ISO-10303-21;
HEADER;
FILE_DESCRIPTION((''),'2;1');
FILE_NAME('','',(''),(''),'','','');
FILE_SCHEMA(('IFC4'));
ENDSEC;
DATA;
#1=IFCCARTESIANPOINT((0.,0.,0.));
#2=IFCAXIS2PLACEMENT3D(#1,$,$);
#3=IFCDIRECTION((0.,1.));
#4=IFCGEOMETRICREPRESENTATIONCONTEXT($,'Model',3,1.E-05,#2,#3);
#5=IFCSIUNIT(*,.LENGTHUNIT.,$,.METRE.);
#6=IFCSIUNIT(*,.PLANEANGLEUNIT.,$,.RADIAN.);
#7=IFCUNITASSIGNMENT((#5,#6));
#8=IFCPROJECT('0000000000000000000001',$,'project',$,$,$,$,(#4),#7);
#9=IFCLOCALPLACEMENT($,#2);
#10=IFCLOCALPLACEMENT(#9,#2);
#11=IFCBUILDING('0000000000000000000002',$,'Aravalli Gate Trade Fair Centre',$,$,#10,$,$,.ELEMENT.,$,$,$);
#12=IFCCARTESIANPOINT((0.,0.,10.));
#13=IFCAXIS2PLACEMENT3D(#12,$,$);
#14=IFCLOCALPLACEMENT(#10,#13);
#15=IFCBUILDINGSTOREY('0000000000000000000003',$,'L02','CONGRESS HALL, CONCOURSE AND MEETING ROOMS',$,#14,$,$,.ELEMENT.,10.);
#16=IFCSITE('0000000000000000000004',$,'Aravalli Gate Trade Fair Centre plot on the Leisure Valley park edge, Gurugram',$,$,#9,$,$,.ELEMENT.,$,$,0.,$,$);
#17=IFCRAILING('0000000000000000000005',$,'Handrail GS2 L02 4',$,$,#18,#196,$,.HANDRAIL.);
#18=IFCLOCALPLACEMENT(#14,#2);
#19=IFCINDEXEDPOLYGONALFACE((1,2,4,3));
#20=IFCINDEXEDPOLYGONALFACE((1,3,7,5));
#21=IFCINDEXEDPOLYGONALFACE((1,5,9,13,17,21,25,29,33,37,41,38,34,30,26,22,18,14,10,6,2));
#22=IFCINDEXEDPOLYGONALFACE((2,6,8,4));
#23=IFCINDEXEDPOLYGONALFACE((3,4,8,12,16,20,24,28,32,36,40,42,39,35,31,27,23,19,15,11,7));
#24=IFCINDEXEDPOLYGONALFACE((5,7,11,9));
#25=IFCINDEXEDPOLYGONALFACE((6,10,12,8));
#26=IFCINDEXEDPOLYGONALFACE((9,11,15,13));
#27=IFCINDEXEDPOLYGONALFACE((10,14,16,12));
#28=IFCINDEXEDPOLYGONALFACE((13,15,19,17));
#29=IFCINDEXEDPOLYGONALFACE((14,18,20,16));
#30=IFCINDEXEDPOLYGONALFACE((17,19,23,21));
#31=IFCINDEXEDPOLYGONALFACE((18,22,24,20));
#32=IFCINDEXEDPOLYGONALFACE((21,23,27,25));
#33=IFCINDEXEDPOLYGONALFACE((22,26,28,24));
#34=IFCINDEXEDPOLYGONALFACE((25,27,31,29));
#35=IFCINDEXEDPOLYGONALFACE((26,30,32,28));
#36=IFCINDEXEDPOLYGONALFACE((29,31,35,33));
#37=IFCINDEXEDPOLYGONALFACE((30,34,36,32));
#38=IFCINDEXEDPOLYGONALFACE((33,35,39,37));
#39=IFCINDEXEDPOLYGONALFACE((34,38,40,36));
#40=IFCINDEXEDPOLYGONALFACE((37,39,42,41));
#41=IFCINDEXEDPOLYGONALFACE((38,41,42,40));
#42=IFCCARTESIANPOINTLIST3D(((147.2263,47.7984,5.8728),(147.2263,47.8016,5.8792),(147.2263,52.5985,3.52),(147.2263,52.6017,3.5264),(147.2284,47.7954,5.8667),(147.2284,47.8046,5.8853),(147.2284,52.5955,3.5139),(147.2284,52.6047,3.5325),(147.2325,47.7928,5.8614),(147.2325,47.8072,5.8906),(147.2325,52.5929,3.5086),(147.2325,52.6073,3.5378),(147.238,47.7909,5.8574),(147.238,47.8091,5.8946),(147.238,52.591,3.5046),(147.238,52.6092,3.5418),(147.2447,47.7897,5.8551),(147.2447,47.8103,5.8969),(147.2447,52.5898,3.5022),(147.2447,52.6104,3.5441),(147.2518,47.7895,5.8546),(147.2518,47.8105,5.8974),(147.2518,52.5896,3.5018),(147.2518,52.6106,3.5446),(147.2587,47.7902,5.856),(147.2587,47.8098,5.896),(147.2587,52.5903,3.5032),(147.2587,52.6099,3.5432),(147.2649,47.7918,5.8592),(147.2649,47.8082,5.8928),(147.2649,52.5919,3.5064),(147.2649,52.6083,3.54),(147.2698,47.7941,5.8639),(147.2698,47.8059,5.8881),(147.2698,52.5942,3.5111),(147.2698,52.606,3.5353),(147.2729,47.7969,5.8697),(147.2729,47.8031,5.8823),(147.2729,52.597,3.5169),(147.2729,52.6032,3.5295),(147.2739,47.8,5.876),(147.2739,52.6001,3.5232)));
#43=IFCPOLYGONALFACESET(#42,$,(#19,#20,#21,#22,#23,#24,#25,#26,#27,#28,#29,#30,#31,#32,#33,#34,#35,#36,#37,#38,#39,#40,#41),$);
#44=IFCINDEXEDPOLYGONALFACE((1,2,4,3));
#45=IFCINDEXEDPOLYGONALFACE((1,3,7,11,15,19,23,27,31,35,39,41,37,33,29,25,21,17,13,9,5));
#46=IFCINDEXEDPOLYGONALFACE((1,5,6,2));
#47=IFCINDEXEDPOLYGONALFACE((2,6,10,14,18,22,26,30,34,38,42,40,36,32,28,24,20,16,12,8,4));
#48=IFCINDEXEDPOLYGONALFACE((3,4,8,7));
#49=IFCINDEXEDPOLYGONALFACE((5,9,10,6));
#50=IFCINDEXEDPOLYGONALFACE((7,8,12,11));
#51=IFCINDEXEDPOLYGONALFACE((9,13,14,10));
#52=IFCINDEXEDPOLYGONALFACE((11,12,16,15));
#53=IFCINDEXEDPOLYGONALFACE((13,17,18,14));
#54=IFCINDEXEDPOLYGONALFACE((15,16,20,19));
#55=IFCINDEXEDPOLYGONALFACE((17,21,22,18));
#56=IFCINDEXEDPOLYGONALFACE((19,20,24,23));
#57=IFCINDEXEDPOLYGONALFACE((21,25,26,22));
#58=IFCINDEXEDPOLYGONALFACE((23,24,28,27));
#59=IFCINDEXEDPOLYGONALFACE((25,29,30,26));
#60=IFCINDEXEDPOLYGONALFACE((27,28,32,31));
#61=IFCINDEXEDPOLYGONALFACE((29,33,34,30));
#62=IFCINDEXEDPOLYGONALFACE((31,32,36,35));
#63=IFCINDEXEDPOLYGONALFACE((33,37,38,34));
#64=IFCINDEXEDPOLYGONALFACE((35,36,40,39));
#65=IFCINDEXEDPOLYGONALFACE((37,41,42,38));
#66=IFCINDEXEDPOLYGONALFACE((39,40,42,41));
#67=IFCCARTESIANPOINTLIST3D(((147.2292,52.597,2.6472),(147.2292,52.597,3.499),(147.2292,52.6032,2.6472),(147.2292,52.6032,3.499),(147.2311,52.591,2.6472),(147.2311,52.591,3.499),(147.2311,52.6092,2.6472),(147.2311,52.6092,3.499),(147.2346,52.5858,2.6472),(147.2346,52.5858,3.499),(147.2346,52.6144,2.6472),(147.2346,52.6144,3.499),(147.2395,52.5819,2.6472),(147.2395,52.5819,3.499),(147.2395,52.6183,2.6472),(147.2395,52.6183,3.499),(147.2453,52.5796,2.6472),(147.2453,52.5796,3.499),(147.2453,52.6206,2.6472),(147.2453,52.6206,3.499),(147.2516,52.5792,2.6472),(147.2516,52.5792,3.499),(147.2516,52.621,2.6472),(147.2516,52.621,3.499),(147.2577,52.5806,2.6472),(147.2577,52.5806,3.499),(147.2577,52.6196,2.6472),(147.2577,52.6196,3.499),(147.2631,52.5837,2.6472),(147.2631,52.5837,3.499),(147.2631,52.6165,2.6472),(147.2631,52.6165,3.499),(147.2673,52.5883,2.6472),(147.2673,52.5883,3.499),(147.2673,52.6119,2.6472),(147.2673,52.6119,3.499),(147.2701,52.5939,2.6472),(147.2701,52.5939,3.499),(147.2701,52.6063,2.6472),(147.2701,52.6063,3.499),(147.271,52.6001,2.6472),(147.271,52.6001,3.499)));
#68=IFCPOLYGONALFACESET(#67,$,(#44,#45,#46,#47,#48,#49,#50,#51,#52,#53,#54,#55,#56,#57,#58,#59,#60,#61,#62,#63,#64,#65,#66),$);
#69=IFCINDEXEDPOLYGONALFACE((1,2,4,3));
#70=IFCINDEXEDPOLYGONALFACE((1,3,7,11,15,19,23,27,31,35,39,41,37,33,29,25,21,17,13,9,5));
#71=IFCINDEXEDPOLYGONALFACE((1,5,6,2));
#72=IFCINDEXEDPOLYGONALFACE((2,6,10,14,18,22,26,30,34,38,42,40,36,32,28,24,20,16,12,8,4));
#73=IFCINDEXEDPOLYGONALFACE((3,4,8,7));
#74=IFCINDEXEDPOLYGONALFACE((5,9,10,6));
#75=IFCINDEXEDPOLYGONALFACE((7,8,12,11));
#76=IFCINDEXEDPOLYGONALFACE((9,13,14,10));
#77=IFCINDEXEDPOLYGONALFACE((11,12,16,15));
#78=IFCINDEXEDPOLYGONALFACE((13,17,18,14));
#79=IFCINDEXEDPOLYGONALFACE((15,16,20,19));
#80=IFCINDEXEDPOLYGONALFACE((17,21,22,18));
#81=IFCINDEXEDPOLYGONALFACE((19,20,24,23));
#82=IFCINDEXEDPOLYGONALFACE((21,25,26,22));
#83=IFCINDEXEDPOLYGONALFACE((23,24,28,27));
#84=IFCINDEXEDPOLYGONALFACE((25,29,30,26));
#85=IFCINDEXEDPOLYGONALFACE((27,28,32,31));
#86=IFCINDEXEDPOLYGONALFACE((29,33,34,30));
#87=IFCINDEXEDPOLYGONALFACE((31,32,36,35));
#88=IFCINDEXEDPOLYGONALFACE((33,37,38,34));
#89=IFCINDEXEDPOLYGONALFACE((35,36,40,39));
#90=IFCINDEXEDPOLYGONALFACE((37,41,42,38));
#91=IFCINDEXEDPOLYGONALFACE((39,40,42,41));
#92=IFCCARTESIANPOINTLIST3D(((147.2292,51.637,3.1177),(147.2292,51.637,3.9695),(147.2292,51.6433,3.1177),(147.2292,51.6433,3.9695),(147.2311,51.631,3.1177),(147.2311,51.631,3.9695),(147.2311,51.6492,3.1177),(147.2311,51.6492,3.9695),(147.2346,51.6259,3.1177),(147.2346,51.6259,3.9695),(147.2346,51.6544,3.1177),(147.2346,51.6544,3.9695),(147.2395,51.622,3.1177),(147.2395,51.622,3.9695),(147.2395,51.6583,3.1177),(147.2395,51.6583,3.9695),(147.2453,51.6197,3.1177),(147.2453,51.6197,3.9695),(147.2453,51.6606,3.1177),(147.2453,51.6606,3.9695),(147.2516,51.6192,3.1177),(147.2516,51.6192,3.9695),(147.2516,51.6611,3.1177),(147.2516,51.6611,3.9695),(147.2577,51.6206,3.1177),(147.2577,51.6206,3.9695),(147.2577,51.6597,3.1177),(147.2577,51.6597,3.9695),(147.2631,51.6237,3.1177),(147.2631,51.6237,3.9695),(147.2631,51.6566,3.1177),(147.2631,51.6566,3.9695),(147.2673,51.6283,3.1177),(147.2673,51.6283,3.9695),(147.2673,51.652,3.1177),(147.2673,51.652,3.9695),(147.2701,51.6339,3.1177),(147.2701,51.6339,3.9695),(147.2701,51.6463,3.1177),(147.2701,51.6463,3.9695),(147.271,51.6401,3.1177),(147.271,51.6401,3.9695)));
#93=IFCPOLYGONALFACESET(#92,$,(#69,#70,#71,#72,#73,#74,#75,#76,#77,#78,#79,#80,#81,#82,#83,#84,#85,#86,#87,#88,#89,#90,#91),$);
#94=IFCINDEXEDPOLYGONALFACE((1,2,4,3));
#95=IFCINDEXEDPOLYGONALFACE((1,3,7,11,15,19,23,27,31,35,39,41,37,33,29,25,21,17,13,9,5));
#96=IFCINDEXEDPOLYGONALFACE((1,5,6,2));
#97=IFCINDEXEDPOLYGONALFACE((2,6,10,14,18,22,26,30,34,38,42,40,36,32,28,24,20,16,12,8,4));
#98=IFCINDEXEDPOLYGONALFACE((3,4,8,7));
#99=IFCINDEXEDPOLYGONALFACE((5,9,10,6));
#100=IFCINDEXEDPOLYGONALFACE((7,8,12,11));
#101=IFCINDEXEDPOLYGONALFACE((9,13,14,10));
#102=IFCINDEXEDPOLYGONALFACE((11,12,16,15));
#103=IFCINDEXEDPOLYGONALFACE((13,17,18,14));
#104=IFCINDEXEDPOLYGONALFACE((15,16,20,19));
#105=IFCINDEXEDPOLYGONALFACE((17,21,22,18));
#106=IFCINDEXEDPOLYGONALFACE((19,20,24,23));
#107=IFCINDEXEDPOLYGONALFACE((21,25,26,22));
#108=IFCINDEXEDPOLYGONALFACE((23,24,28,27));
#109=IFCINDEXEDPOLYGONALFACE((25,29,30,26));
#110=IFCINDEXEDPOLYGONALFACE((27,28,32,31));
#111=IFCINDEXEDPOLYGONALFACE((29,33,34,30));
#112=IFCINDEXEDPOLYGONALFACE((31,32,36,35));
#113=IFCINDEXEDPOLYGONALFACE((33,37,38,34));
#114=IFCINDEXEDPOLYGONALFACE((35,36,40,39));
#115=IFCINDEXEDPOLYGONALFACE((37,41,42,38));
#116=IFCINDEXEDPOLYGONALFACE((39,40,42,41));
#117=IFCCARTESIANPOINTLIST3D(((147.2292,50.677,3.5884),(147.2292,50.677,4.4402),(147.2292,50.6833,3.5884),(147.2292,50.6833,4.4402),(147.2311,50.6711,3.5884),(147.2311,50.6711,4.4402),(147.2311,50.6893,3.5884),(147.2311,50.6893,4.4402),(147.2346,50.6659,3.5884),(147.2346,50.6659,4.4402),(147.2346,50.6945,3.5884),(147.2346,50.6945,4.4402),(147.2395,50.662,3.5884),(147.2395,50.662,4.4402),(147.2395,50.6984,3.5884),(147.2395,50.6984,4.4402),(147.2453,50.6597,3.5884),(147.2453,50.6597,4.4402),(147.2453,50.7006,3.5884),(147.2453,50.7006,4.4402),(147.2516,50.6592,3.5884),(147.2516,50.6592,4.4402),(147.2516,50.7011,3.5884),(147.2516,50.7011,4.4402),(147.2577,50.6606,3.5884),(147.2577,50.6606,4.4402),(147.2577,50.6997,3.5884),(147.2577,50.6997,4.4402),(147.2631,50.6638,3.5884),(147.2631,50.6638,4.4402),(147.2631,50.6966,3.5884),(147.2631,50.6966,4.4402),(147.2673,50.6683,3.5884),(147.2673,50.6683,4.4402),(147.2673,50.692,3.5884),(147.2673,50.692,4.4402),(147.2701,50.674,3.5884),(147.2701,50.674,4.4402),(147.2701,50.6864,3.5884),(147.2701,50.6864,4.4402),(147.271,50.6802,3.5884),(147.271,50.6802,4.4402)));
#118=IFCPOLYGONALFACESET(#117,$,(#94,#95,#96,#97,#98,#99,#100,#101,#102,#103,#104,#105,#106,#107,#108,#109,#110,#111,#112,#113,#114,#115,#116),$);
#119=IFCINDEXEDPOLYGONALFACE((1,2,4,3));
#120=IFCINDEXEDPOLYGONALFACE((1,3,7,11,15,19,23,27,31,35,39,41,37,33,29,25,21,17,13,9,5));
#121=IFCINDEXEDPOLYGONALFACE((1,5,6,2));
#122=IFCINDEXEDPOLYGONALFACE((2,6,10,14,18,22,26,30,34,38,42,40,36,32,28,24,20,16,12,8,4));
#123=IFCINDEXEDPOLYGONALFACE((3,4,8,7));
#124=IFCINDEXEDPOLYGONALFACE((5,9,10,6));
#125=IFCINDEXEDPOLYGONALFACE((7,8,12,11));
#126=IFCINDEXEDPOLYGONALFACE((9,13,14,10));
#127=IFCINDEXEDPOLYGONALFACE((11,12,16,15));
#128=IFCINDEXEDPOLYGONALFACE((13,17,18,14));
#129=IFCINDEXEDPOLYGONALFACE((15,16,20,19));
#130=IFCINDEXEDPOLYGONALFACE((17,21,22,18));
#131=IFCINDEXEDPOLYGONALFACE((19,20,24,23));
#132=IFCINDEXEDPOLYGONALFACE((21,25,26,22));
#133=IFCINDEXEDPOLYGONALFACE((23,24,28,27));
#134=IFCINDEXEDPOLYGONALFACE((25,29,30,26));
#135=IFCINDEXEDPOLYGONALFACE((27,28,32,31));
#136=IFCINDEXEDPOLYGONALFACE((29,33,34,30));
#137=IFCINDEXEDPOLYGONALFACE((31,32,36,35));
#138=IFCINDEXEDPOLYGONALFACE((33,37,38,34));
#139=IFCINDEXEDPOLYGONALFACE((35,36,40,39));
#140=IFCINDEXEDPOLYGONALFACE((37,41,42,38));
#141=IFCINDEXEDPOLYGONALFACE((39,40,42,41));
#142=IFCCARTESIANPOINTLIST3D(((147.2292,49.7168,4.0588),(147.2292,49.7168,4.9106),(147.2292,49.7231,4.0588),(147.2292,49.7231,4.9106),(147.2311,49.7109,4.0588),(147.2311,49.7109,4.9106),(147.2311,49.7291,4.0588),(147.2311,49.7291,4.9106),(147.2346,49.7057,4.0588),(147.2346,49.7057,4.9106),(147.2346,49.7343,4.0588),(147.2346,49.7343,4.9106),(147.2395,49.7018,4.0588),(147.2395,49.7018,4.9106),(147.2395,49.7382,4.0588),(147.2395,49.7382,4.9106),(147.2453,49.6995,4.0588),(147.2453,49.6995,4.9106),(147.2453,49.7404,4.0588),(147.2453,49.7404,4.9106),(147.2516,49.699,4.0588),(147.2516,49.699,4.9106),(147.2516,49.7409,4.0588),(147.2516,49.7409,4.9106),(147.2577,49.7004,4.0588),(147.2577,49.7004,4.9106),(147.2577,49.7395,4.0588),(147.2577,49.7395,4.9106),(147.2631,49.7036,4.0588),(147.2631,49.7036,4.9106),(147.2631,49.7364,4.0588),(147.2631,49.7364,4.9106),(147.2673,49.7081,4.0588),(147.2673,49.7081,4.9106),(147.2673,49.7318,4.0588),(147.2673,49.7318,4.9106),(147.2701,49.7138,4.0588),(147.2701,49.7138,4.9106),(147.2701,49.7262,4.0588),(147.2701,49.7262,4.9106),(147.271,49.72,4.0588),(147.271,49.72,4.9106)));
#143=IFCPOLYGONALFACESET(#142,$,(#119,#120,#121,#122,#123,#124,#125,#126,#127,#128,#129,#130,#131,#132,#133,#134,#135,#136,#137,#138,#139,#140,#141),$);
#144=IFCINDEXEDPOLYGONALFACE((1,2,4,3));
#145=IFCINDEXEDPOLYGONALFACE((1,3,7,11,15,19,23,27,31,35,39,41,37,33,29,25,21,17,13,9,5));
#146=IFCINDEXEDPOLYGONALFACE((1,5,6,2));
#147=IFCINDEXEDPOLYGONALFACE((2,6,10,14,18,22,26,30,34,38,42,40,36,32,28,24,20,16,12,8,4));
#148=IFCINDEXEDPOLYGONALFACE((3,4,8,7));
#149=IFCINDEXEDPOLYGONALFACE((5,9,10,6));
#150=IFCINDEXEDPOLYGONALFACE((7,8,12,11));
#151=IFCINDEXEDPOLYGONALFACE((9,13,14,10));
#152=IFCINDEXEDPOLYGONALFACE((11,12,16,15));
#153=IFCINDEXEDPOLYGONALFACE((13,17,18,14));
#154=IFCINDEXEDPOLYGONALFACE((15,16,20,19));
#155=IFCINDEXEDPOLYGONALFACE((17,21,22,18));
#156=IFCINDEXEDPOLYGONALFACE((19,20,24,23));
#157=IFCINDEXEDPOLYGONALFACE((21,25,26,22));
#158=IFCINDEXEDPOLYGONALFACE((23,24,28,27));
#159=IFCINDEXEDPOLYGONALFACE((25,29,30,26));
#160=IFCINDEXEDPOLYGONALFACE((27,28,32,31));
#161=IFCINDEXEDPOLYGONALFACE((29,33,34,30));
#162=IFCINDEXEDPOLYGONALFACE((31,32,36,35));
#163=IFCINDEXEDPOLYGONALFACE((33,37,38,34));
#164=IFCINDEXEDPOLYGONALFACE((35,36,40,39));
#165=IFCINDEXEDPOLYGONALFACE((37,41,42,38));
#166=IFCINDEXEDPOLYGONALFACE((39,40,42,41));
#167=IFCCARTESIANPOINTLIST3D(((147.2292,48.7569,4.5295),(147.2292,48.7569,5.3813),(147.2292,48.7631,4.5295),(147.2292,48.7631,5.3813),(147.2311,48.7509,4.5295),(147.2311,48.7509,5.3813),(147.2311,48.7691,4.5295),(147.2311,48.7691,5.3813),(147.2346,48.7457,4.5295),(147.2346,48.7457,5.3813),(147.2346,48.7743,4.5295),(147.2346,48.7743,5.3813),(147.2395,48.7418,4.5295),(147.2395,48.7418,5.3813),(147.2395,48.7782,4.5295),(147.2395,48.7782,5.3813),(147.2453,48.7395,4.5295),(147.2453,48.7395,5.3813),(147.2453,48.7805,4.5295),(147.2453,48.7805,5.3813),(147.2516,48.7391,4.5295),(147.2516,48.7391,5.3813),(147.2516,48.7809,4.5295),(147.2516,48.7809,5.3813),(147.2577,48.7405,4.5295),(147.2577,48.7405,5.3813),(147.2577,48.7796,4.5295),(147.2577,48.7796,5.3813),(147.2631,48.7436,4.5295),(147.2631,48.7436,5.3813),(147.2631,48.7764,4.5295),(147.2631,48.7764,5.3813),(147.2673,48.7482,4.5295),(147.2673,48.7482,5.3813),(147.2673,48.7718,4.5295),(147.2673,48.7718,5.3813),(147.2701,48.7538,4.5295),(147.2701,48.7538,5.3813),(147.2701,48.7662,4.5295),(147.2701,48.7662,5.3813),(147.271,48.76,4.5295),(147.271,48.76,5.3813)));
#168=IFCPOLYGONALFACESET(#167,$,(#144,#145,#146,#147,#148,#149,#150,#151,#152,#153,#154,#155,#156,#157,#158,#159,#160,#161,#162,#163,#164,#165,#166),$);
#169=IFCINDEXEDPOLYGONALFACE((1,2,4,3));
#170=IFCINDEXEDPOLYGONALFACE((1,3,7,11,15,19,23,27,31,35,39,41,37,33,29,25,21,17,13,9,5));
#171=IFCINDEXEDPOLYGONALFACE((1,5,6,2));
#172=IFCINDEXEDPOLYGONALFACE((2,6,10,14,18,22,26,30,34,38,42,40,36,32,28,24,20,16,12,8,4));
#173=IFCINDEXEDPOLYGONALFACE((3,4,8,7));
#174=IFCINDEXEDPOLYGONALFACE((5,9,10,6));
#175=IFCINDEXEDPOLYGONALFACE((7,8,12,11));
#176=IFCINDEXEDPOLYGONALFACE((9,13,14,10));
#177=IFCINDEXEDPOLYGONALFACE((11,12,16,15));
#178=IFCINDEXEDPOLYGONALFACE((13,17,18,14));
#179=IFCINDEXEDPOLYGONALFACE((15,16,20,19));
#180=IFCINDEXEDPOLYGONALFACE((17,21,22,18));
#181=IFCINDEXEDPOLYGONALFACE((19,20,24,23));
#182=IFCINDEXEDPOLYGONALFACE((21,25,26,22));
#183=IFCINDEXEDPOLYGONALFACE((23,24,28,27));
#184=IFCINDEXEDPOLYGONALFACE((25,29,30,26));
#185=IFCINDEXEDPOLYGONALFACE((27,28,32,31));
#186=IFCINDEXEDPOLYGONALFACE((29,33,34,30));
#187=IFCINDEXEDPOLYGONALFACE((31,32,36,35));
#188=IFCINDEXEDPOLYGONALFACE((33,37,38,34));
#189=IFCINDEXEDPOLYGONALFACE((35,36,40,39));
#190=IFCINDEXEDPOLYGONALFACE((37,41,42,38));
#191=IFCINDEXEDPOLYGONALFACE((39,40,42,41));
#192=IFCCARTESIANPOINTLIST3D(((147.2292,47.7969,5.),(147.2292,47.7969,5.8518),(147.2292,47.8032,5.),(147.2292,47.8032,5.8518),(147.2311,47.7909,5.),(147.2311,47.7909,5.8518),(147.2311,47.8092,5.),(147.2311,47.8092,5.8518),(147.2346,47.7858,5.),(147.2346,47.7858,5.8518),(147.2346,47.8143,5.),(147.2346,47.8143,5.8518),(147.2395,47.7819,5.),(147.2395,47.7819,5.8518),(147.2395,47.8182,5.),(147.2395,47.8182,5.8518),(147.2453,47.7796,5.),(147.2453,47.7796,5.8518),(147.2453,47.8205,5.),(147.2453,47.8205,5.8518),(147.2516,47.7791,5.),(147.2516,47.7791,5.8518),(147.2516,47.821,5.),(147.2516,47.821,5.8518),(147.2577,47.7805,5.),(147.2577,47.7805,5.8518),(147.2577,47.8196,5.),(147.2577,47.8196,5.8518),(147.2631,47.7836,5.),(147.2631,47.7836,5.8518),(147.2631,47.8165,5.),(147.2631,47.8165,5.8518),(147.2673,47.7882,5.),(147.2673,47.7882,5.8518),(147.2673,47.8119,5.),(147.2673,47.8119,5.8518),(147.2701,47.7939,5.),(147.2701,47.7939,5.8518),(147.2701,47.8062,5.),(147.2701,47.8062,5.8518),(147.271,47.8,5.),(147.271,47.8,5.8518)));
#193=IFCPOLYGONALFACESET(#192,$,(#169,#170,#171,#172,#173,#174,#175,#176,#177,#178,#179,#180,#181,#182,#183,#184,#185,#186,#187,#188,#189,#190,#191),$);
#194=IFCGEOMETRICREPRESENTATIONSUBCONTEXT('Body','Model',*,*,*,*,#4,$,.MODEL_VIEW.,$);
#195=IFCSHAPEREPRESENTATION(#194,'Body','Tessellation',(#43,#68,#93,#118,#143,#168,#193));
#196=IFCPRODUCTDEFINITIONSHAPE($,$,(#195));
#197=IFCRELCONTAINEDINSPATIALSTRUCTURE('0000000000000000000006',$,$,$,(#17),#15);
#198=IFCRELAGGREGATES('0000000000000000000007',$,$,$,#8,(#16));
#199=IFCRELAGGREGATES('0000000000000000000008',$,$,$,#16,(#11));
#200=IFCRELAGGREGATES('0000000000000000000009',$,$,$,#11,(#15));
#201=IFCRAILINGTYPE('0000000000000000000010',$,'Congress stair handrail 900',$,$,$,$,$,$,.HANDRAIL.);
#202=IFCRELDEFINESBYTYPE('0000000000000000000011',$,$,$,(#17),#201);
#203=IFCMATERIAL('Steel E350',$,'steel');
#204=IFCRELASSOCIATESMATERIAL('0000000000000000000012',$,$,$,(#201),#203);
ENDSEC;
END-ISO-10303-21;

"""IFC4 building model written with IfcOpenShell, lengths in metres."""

from ifc_helpers import new_model, si_unit, direction, frame, origin, origin_2d, place, context, subcontext, project, spatial, circle, extrude, material, type_object, element, save


model = new_model("IFC4")

# Units and contexts
model_context = context("Model", 3, precision=1e-05, world=origin(), true_north=direction((0.0, 1.0)))
body_context = subcontext(model_context, "Body", "Model", "MODEL_VIEW")
ifc_project = project(units=[si_unit("LENGTHUNIT", "METRE"), si_unit("PLANEANGLEUNIT", "RADIAN")], contexts=[model_context])

# Site, building, storey
site_placement = place(None, origin())
site = spatial("IfcSite", under=ifc_project, at=site_placement, Name="Aravalli Gate Trade Fair Centre plot on the Leisure Valley park edge, Gurugram", CompositionType="ELEMENT", RefElevation=0.0)
building_placement = place(site_placement, origin())
building = spatial("IfcBuilding", under=site, at=building_placement, Name="Aravalli Gate Trade Fair Centre", CompositionType="ELEMENT")
storey_placement = place(building_placement, frame((0.0, 0.0, 10.0)))
storey = spatial("IfcBuildingStorey", under=building, at=storey_placement, Name="L02", Description="CONGRESS HALL, CONCOURSE AND MEETING ROOMS", CompositionType="ELEMENT", Elevation=10.0)

# Railing
ifc_material_1 = material(Name="Steel E350", Category="steel")
railing_type = type_object("IfcRailingType", Name="Congress stair handrail 900", PredefinedType="HANDRAIL", material=ifc_material_1)
for number, where, name in (
    (1, (147.25, 52.6001, 2.6472), "Handrail GS2 L02 4"),
):
    element("IfcRailing", number, at=place(storey_placement, frame(where)), inside=storey, type_object=railing_type, Name=name, PredefinedType="HANDRAIL", context=body_context, shape_type="SweptSolid", body=[
        extrude(circle(Radius=0.0239, at=origin_2d()), frame((0.0, 0.0, 0.876), z_axis=(0.0, -0.897934, 0.44013), x_axis=(1.0, 0.0, 0.0)), (0.0, 0.0, 1.0), 5.3457),
        extrude(circle(Radius=0.021, at=origin_2d()), origin(), (0.0, 0.0, 1.0), 0.8518),
        extrude(circle(Radius=0.021, at=origin_2d()), frame((0.0, -0.96, 0.4705)), (0.0, 0.0, 1.0), 0.8518),
        extrude(circle(Radius=0.021, at=origin_2d()), frame((0.0, -1.9199, 0.9412)), (0.0, 0.0, 1.0), 0.8518),
        extrude(circle(Radius=0.021, at=origin_2d()), frame((0.0, -2.8801, 1.4116)), (0.0, 0.0, 1.0), 0.8518),
        extrude(circle(Radius=0.021, at=origin_2d()), frame((0.0, -3.8401, 1.8823)), (0.0, 0.0, 1.0), 0.8518),
        extrude(circle(Radius=0.021, at=origin_2d()), frame((0.0, -4.8, 2.3528)), (0.0, 0.0, 1.0), 0.8518),
    ])

save(model, "model.ifc")
